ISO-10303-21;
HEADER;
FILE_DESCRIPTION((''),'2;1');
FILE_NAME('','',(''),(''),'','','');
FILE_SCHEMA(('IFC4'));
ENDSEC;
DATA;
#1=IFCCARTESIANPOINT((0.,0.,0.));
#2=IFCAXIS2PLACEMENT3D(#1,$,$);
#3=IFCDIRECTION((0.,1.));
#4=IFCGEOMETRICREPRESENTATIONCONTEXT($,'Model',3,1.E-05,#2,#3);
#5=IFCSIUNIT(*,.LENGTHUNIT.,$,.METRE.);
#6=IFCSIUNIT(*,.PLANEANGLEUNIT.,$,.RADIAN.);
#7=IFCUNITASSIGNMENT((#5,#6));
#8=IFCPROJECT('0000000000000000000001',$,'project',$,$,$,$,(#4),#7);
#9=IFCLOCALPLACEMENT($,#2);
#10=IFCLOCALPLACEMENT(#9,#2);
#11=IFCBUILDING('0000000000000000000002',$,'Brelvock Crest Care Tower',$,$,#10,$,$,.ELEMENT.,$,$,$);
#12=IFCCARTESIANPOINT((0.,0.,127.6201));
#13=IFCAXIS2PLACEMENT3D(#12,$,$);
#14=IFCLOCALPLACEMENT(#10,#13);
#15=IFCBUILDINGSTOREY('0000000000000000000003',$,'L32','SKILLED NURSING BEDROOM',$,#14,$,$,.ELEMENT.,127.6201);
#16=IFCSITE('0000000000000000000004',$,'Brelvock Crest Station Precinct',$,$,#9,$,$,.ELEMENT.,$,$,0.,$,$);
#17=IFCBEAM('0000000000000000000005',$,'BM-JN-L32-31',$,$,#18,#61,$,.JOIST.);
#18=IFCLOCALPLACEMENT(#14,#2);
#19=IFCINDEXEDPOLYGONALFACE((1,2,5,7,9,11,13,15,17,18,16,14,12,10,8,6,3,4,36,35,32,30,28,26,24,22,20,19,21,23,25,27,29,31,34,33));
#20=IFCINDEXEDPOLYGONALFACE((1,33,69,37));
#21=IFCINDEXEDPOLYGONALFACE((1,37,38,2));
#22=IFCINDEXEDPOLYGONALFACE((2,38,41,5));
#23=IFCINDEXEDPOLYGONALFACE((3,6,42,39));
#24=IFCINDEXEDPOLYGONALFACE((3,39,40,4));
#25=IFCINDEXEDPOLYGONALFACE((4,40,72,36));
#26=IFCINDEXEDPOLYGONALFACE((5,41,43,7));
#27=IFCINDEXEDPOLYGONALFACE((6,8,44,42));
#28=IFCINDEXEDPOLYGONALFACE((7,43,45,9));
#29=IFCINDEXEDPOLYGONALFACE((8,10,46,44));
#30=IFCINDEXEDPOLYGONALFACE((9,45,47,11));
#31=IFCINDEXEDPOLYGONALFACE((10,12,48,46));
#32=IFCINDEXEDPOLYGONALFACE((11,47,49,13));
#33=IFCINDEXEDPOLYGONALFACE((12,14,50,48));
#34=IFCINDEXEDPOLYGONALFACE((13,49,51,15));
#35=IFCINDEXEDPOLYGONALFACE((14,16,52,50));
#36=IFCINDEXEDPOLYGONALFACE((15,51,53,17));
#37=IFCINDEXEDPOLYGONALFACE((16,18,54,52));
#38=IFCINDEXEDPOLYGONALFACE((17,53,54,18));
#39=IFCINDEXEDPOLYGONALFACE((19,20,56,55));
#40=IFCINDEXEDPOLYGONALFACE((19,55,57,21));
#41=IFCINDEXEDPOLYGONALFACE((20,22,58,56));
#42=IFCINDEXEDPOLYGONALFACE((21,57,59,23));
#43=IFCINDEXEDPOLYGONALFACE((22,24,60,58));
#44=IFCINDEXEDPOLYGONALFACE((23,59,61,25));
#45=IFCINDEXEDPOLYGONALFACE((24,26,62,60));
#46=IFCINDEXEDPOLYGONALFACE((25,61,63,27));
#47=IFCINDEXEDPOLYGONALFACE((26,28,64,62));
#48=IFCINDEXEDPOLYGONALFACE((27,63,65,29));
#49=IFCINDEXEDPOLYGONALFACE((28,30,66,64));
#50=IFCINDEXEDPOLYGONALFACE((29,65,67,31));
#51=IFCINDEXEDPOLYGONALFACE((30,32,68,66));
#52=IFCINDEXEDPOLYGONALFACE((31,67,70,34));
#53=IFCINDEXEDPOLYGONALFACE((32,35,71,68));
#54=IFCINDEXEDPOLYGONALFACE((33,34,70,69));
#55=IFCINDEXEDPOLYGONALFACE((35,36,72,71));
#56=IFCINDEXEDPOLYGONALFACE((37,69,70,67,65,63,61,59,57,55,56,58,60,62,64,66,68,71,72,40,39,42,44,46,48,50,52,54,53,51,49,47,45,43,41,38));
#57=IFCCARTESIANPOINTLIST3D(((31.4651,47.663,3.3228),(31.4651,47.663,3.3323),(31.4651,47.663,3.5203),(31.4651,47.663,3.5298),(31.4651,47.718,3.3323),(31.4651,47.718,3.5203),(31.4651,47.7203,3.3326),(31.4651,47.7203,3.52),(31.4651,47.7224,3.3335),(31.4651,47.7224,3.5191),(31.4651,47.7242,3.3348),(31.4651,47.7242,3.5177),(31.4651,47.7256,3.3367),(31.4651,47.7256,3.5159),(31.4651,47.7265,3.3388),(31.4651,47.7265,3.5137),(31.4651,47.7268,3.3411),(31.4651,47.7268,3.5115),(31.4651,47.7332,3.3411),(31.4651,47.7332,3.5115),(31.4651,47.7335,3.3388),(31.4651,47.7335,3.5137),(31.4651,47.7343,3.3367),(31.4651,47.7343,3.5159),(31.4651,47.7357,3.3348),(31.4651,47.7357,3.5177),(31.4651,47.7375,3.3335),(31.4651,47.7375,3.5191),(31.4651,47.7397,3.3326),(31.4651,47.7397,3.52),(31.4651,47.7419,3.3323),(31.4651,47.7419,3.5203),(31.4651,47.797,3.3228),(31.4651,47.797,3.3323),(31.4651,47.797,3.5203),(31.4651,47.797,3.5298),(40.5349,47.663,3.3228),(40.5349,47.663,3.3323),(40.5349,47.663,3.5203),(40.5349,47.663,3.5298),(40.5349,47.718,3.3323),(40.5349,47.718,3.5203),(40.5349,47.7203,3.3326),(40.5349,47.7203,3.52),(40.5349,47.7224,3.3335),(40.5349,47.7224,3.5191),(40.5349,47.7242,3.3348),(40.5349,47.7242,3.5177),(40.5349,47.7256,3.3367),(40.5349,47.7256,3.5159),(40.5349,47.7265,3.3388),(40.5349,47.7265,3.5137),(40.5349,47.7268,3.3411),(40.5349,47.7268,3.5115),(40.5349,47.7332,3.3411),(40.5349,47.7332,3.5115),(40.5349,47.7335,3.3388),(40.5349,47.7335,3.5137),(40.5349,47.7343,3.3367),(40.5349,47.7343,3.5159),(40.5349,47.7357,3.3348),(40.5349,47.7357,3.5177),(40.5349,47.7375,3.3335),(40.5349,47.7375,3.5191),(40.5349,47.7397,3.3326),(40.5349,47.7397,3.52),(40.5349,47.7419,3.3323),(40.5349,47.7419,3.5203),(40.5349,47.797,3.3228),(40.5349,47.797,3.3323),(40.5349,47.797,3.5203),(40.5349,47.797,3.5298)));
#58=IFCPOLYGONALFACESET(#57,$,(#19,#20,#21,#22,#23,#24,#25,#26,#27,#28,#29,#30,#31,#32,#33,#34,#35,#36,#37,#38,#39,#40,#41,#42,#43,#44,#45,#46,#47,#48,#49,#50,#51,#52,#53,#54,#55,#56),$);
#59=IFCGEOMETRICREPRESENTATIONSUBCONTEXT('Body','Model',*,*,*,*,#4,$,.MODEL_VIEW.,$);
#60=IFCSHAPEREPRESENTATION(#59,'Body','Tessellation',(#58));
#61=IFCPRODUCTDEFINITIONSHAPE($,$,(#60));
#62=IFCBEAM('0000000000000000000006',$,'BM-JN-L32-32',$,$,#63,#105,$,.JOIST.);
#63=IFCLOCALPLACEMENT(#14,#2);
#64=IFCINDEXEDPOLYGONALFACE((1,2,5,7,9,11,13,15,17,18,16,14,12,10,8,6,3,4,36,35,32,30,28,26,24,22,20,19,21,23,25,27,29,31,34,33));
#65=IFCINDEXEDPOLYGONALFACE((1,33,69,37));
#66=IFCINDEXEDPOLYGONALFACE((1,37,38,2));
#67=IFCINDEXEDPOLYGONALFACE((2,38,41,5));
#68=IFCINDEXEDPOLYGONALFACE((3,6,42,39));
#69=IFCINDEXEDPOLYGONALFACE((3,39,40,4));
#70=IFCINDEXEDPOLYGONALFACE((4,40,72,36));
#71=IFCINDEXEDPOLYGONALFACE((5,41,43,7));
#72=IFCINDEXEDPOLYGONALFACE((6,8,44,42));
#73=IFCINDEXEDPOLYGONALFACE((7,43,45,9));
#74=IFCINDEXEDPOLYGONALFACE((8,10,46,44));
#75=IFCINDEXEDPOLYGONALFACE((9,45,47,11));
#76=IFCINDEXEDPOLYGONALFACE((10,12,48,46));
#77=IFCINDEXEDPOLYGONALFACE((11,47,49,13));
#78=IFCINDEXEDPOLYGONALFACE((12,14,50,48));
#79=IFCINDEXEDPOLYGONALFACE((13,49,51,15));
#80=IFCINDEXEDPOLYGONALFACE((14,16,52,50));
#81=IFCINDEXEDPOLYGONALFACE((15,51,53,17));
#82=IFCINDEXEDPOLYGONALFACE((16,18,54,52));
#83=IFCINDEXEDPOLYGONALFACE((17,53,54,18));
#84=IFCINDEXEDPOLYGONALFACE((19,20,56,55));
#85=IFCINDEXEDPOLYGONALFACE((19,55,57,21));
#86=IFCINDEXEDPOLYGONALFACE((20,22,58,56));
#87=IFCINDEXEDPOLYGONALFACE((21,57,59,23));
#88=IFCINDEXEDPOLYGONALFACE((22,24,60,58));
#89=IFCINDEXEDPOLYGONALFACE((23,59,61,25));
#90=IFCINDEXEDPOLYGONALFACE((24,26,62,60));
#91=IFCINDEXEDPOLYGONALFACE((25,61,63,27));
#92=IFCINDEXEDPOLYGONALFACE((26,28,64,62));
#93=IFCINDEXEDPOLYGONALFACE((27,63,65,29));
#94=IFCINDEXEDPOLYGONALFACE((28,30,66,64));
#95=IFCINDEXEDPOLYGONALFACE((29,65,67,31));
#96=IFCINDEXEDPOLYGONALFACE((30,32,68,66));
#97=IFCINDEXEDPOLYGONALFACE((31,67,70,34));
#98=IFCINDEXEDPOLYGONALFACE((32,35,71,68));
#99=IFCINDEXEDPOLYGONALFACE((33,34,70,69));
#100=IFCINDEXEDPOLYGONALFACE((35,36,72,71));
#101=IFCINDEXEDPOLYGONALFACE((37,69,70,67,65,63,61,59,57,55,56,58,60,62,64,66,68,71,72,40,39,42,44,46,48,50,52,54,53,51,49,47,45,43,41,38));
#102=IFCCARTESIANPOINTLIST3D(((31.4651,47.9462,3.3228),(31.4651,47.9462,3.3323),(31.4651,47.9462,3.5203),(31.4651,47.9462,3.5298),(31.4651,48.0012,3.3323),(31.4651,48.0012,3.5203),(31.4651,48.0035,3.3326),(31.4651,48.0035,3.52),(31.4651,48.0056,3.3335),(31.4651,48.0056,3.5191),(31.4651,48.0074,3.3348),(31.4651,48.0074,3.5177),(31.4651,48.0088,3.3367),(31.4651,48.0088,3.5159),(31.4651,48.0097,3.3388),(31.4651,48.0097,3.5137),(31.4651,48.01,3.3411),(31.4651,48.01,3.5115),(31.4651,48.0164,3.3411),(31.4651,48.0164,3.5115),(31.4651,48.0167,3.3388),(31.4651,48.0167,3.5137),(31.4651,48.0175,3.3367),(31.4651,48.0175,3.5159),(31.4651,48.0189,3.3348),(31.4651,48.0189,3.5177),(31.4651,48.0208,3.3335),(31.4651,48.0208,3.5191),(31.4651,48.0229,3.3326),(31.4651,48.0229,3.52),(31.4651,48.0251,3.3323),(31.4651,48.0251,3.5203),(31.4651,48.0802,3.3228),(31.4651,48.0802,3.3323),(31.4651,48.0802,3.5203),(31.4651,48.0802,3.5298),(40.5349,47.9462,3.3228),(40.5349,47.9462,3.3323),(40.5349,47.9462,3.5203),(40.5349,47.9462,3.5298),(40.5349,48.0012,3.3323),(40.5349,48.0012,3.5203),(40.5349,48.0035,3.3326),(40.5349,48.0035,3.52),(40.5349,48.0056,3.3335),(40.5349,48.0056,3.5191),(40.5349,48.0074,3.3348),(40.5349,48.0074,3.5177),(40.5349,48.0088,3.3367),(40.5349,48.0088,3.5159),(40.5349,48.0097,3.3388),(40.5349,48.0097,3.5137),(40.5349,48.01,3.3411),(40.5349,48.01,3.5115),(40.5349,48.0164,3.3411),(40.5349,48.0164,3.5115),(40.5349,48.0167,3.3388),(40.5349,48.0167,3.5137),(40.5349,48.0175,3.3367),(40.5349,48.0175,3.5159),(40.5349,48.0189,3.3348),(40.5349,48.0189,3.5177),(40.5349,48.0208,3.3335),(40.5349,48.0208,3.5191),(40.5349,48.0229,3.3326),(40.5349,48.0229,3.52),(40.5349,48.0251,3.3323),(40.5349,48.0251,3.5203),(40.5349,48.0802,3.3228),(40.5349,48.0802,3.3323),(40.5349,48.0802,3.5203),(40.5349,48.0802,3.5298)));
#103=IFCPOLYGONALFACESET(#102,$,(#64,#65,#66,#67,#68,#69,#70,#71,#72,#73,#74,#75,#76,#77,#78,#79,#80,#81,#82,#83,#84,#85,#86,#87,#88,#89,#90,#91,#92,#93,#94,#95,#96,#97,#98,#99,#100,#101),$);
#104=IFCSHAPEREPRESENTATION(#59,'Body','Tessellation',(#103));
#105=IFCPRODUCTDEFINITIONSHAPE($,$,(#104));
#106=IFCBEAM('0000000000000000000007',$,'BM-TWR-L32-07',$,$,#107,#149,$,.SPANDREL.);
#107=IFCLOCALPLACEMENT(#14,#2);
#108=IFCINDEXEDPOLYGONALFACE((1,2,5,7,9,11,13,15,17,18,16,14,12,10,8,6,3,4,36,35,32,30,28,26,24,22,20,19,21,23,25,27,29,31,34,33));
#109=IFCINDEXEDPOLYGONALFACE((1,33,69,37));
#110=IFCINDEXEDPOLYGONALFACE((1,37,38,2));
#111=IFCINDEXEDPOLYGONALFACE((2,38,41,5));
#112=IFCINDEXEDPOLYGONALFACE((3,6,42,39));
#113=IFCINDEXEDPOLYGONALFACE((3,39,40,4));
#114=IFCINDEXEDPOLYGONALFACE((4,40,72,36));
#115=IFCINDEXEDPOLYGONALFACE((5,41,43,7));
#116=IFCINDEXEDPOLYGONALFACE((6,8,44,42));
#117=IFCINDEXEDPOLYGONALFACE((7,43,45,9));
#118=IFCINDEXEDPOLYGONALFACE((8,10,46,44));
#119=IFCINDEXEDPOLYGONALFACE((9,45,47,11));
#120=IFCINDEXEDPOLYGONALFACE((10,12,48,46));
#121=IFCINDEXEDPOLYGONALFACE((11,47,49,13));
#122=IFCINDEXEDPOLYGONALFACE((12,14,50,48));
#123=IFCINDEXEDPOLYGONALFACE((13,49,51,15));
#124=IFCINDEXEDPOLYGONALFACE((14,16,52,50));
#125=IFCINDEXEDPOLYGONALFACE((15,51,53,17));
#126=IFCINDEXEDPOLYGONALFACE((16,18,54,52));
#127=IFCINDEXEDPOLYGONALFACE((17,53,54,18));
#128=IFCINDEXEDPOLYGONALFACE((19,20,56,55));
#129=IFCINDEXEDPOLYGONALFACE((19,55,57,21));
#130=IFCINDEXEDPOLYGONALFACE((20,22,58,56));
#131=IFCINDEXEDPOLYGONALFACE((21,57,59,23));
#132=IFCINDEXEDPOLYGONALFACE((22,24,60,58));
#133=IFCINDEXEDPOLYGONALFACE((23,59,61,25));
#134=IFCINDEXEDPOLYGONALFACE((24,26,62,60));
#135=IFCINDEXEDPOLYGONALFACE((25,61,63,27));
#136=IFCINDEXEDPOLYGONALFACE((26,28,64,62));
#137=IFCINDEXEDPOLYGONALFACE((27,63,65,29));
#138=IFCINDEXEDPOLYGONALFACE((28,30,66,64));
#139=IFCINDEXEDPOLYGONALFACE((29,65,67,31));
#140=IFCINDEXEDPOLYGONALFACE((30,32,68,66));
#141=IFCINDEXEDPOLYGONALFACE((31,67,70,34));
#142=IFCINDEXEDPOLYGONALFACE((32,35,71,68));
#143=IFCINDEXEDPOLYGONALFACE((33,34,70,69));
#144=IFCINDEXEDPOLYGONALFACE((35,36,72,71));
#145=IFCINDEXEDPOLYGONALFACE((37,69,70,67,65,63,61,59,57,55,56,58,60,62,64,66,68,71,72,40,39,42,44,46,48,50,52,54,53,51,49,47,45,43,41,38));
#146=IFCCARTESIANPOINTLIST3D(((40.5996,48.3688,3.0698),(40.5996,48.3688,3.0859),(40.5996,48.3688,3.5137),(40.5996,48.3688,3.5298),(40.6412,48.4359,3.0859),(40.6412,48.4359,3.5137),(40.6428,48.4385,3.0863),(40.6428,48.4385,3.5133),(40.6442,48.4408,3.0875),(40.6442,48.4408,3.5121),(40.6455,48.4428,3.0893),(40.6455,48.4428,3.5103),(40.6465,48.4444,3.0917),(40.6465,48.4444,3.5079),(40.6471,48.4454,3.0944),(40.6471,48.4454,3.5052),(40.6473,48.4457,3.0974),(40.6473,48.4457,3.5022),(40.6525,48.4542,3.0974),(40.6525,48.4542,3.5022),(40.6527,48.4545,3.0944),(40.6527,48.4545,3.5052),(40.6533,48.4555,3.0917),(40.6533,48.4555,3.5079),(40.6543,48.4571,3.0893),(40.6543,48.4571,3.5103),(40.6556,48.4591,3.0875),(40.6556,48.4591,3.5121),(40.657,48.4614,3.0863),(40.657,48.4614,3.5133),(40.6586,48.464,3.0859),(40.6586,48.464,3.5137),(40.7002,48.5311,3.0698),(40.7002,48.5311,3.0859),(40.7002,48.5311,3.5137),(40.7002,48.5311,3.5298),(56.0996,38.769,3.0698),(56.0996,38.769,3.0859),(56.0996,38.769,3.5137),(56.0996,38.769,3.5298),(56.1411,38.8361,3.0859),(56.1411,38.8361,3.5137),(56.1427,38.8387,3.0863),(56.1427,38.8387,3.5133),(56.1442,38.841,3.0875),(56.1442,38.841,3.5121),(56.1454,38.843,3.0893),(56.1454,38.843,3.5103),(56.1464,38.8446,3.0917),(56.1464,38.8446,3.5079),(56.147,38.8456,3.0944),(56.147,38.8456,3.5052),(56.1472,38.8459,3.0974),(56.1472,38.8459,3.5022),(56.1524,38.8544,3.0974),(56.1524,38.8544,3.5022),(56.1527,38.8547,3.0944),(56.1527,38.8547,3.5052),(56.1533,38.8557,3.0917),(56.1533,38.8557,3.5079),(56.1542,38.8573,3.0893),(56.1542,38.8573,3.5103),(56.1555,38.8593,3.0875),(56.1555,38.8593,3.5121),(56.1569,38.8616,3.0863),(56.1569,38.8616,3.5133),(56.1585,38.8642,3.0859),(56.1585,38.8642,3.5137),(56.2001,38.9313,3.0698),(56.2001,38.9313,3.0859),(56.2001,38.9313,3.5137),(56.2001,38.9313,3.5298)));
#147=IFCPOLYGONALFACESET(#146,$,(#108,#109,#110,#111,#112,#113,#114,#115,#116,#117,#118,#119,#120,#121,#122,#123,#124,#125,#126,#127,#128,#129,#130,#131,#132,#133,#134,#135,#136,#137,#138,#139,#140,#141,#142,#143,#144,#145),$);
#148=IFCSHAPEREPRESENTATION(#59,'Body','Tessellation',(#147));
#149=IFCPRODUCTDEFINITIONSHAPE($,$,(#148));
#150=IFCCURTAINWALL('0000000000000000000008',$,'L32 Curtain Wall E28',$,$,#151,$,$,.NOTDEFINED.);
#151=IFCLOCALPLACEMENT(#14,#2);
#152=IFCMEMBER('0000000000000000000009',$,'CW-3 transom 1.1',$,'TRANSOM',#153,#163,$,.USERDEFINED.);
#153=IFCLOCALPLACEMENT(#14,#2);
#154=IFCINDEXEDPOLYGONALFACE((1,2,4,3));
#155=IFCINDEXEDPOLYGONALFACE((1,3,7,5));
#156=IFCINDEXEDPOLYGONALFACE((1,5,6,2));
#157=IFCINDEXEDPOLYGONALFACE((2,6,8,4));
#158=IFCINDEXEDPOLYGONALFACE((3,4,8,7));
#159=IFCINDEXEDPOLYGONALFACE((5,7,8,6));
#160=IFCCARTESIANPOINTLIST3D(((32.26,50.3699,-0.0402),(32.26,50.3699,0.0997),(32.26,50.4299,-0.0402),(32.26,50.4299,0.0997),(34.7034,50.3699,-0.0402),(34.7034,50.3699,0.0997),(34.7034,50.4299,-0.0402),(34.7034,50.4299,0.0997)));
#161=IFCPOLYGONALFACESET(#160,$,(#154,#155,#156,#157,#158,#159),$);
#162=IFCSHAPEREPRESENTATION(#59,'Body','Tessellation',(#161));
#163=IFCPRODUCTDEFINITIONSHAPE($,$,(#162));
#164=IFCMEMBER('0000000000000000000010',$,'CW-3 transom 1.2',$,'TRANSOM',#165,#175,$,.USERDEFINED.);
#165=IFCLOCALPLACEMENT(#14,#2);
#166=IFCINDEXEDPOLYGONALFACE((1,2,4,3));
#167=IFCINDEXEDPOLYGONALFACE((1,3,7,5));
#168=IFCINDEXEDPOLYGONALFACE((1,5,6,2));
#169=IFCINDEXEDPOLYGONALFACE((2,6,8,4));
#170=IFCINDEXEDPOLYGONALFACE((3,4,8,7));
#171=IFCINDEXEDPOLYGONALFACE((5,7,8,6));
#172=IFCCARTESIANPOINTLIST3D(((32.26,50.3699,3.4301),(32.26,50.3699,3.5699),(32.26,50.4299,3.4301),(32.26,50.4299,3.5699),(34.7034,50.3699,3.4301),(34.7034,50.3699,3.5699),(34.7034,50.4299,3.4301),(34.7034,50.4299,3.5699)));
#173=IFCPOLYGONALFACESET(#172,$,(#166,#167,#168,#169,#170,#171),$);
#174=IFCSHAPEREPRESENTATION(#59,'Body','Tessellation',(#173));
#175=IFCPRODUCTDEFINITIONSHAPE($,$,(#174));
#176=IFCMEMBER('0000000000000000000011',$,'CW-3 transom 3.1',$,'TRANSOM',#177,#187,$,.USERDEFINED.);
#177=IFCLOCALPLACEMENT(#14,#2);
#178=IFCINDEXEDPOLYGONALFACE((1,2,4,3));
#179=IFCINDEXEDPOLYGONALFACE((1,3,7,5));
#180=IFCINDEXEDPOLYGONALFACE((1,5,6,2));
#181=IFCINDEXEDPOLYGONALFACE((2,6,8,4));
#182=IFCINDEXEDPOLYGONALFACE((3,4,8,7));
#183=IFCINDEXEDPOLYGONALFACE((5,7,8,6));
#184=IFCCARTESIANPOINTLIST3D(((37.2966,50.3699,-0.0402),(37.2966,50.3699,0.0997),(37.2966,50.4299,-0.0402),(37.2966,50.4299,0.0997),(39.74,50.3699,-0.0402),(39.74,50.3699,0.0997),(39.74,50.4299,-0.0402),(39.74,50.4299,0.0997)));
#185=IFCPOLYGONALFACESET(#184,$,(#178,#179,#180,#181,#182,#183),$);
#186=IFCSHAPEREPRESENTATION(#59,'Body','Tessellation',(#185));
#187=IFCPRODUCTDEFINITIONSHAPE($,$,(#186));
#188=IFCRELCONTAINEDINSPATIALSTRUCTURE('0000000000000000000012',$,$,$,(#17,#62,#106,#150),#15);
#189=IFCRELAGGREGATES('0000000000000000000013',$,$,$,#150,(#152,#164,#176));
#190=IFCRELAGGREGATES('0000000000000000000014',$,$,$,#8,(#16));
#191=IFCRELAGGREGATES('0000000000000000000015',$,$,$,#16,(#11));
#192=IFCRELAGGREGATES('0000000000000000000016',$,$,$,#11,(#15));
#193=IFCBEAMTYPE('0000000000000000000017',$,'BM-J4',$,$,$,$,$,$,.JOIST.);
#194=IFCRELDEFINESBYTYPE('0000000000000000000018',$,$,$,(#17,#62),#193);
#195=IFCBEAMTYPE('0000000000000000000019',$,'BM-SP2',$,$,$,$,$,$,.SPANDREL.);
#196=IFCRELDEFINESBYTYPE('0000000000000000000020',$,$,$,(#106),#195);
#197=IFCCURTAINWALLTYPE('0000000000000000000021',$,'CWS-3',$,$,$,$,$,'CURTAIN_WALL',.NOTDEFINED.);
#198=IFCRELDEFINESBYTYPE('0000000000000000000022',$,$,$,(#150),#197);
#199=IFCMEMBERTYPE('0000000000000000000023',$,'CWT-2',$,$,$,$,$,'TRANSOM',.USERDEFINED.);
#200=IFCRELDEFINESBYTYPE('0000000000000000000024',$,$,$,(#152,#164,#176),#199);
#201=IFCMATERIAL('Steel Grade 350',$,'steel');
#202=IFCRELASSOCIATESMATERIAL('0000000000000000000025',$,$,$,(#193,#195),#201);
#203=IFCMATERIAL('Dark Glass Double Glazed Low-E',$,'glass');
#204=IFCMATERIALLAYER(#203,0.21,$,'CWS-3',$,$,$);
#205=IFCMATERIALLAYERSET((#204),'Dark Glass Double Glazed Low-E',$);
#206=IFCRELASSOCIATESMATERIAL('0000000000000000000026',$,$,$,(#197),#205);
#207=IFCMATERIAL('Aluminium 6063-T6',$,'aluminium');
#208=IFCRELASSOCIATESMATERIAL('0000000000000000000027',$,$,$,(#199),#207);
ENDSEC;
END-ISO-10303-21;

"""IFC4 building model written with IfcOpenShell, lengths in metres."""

from ifc_helpers import new_model, si_unit, direction, frame, origin, origin_2d, place, context, subcontext, project, spatial, rectangle, i_section, extrude, source, transform, mapped, material, layer, layer_set, material_profile, profile_set, type_object, element, aggregate, save


model = new_model("IFC4")

# Units and contexts
model_context = context("Model", 3, precision=1e-05, world=origin(), true_north=direction((0.0, 1.0)))
body_context = subcontext(model_context, "Body", "Model", "MODEL_VIEW")
ifc_project = project(units=[si_unit("LENGTHUNIT", "METRE"), si_unit("PLANEANGLEUNIT", "RADIAN")], contexts=[model_context])

# Site, building, storey
site_placement = place(None, origin())
site = spatial("IfcSite", under=ifc_project, at=site_placement, Name="Brelvock Crest Station Precinct", CompositionType="ELEMENT", RefElevation=0.0)
building_placement = place(site_placement, origin())
building = spatial("IfcBuilding", under=site, at=building_placement, Name="Brelvock Crest Care Tower", CompositionType="ELEMENT")
storey_placement = place(building_placement, frame((0.0, 0.0, 127.6201)))
storey = spatial("IfcBuildingStorey", under=building, at=storey_placement, Name="L32", Description="SKILLED NURSING BEDROOM", CompositionType="ELEMENT", Elevation=127.6201)

# Shared definitions
ifc_material_1 = material(Name="Steel Grade 350", Category="steel")

# Beams
ifc_material_profile_1 = material_profile(ifc_material_1, i_section(OverallWidth=0.134, OverallDepth=0.207, WebThickness=0.0063, FlangeThickness=0.0095, FilletRadius=0.0088, at=origin_2d()), Name="200UB29.8")
ifc_profile_set_1 = profile_set([ifc_material_profile_1], Name="Steel Grade 350")
beam_type_1 = type_object("IfcBeamType", Name="BM-J4", PredefinedType="JOIST", material=ifc_profile_set_1)
shared_shape_1 = source(origin(), body_context, "Body", "SweptSolid", [
    extrude(i_section(OverallWidth=0.134, OverallDepth=0.207, WebThickness=0.0063, FlangeThickness=0.0095, FilletRadius=0.0088, at=origin_2d()), origin(), (0.0, 0.0, 1.0), 9.0698),
])
for number, where, z_axis, x_axis, name in (
    (1, (31.4651, 47.73, 3.4263), (1.0, 0.0, 0.0), (0.0, 1.0, 0.0), "BM-JN-L32-31"),
    (2, (31.4651, 48.0132, 3.4263), (1.0, 0.0, 0.0), (0.0, 1.0, 0.0), "BM-JN-L32-32"),
):
    element("IfcBeam", number, at=place(storey_placement, frame(where, z_axis=z_axis, x_axis=x_axis)), inside=storey, type_object=beam_type_1, Name=name, PredefinedType="JOIST", context=body_context, shape_type="MappedRepresentation", body=[
        mapped(shared_shape_1, transform((0.0, 0.0, 0.0), x_axis=(1.0, 0.0, 0.0), y_axis=(0.0, 1.0, 0.0), z_axis=(0.0, 0.0, 1.0), scale=1.0)),
    ])
ifc_material_profile_2 = material_profile(ifc_material_1, i_section(OverallWidth=0.1909, OverallDepth=0.46, WebThickness=0.01, FlangeThickness=0.0161, FilletRadius=0.0115, at=origin_2d()), Name="460UB82.1")
ifc_profile_set_2 = profile_set([ifc_material_profile_2], Name="Steel Grade 350")
beam_type_2 = type_object("IfcBeamType", Name="BM-SP2", PredefinedType="SPANDREL", material=ifc_profile_set_2)
shared_shape_2 = source(origin(), body_context, "Body", "SweptSolid", [
    extrude(i_section(OverallWidth=0.1909, OverallDepth=0.46, WebThickness=0.01, FlangeThickness=0.0161, FilletRadius=0.0115, at=origin_2d()), origin(), (0.0, 0.0, 1.0), 18.2319),
])
beam_placement = place(storey_placement, frame((40.6499, 48.45, 3.2998), z_axis=(0.850152, -0.526538, 0.0), x_axis=(0.526538, 0.850152, 0.0)))
element("IfcBeam", 3, at=beam_placement, inside=storey, type_object=beam_type_2, Name="BM-TWR-L32-07", PredefinedType="SPANDREL", context=body_context, shape_type="MappedRepresentation", body=[
    mapped(shared_shape_2, transform((0.0, 0.0, 0.0), x_axis=(1.0, 0.0, 0.0), y_axis=(0.0, 1.0, 0.0), z_axis=(0.0, 0.0, 1.0), scale=1.0)),
])

# Curtain wall, members
ifc_material_2 = material(Name="Dark Glass Double Glazed Low-E", Category="glass")
ifc_layer_1 = layer(ifc_material_2, 0.21, Name="CWS-3")
ifc_layer_set_1 = layer_set([ifc_layer_1], Name="Dark Glass Double Glazed Low-E")
curtain_wall_type = type_object("IfcCurtainWallType", Name="CWS-3", ElementType="CURTAIN_WALL", PredefinedType="NOTDEFINED", material=ifc_layer_set_1)
curtain_wall_1_placement = place(storey_placement, origin())
curtain_wall_1 = element("IfcCurtainWall", 4, at=curtain_wall_1_placement, inside=storey, type_object=curtain_wall_type, Name="L32 Curtain Wall E28", PredefinedType="NOTDEFINED")
ifc_material_3 = material(Name="Aluminium 6063-T6", Category="aluminium")
ifc_material_profile_3 = material_profile(ifc_material_3, rectangle(XDim=0.0601, YDim=0.1399, at=origin_2d()), Name="ALU60x140")
ifc_profile_set_3 = profile_set([ifc_material_profile_3], Name="Aluminium 6063-T6")
member_type_1 = type_object("IfcMemberType", Name="CWT-2", ElementType="TRANSOM", PredefinedType="USERDEFINED", material=ifc_profile_set_3)
shared_shape_3 = source(origin(), body_context, "Body", "SweptSolid", [
    extrude(rectangle(XDim=0.0601, YDim=0.1399, at=origin_2d()), origin(), (0.0, 0.0, 1.0), 2.4434),
])
member_1_placement = place(storey_placement, frame((32.26, 50.3999, 0.0298), z_axis=(1.0, 0.0, 0.0), x_axis=(0.0, 1.0, 0.0)))
member_1 = element("IfcMember", 5, at=member_1_placement, type_object=member_type_1, Name="CW-3 transom 1.1", ObjectType="TRANSOM", PredefinedType="USERDEFINED", context=body_context, shape_type="MappedRepresentation", body=[
    mapped(shared_shape_3, transform((0.0, 0.0, 0.0), x_axis=(1.0, 0.0, 0.0), y_axis=(0.0, 1.0, 0.0), z_axis=(0.0, 0.0, 1.0), scale=1.0)),
])
member_2_placement = place(storey_placement, frame((32.26, 50.3999, 3.5), z_axis=(1.0, 0.0, 0.0), x_axis=(0.0, 1.0, 0.0)))
member_2 = element("IfcMember", 6, at=member_2_placement, type_object=member_type_1, Name="CW-3 transom 1.2", ObjectType="TRANSOM", PredefinedType="USERDEFINED", context=body_context, shape_type="MappedRepresentation", body=[
    mapped(shared_shape_3, transform((0.0, 0.0, 0.0), x_axis=(1.0, 0.0, 0.0), y_axis=(0.0, 1.0, 0.0), z_axis=(0.0, 0.0, 1.0), scale=1.0)),
])
member_3_placement = place(storey_placement, frame((37.2966, 50.3999, 0.0298), z_axis=(1.0, 0.0, 0.0), x_axis=(0.0, 1.0, 0.0)))
member_3 = element("IfcMember", 7, at=member_3_placement, type_object=member_type_1, Name="CW-3 transom 3.1", ObjectType="TRANSOM", PredefinedType="USERDEFINED", context=body_context, shape_type="MappedRepresentation", body=[
    mapped(shared_shape_3, transform((0.0, 0.0, 0.0), x_axis=(1.0, 0.0, 0.0), y_axis=(0.0, 1.0, 0.0), z_axis=(0.0, 0.0, 1.0), scale=1.0)),
])

aggregate(curtain_wall_1, [member_1, member_2, member_3])

save(model, "model.ifc")
